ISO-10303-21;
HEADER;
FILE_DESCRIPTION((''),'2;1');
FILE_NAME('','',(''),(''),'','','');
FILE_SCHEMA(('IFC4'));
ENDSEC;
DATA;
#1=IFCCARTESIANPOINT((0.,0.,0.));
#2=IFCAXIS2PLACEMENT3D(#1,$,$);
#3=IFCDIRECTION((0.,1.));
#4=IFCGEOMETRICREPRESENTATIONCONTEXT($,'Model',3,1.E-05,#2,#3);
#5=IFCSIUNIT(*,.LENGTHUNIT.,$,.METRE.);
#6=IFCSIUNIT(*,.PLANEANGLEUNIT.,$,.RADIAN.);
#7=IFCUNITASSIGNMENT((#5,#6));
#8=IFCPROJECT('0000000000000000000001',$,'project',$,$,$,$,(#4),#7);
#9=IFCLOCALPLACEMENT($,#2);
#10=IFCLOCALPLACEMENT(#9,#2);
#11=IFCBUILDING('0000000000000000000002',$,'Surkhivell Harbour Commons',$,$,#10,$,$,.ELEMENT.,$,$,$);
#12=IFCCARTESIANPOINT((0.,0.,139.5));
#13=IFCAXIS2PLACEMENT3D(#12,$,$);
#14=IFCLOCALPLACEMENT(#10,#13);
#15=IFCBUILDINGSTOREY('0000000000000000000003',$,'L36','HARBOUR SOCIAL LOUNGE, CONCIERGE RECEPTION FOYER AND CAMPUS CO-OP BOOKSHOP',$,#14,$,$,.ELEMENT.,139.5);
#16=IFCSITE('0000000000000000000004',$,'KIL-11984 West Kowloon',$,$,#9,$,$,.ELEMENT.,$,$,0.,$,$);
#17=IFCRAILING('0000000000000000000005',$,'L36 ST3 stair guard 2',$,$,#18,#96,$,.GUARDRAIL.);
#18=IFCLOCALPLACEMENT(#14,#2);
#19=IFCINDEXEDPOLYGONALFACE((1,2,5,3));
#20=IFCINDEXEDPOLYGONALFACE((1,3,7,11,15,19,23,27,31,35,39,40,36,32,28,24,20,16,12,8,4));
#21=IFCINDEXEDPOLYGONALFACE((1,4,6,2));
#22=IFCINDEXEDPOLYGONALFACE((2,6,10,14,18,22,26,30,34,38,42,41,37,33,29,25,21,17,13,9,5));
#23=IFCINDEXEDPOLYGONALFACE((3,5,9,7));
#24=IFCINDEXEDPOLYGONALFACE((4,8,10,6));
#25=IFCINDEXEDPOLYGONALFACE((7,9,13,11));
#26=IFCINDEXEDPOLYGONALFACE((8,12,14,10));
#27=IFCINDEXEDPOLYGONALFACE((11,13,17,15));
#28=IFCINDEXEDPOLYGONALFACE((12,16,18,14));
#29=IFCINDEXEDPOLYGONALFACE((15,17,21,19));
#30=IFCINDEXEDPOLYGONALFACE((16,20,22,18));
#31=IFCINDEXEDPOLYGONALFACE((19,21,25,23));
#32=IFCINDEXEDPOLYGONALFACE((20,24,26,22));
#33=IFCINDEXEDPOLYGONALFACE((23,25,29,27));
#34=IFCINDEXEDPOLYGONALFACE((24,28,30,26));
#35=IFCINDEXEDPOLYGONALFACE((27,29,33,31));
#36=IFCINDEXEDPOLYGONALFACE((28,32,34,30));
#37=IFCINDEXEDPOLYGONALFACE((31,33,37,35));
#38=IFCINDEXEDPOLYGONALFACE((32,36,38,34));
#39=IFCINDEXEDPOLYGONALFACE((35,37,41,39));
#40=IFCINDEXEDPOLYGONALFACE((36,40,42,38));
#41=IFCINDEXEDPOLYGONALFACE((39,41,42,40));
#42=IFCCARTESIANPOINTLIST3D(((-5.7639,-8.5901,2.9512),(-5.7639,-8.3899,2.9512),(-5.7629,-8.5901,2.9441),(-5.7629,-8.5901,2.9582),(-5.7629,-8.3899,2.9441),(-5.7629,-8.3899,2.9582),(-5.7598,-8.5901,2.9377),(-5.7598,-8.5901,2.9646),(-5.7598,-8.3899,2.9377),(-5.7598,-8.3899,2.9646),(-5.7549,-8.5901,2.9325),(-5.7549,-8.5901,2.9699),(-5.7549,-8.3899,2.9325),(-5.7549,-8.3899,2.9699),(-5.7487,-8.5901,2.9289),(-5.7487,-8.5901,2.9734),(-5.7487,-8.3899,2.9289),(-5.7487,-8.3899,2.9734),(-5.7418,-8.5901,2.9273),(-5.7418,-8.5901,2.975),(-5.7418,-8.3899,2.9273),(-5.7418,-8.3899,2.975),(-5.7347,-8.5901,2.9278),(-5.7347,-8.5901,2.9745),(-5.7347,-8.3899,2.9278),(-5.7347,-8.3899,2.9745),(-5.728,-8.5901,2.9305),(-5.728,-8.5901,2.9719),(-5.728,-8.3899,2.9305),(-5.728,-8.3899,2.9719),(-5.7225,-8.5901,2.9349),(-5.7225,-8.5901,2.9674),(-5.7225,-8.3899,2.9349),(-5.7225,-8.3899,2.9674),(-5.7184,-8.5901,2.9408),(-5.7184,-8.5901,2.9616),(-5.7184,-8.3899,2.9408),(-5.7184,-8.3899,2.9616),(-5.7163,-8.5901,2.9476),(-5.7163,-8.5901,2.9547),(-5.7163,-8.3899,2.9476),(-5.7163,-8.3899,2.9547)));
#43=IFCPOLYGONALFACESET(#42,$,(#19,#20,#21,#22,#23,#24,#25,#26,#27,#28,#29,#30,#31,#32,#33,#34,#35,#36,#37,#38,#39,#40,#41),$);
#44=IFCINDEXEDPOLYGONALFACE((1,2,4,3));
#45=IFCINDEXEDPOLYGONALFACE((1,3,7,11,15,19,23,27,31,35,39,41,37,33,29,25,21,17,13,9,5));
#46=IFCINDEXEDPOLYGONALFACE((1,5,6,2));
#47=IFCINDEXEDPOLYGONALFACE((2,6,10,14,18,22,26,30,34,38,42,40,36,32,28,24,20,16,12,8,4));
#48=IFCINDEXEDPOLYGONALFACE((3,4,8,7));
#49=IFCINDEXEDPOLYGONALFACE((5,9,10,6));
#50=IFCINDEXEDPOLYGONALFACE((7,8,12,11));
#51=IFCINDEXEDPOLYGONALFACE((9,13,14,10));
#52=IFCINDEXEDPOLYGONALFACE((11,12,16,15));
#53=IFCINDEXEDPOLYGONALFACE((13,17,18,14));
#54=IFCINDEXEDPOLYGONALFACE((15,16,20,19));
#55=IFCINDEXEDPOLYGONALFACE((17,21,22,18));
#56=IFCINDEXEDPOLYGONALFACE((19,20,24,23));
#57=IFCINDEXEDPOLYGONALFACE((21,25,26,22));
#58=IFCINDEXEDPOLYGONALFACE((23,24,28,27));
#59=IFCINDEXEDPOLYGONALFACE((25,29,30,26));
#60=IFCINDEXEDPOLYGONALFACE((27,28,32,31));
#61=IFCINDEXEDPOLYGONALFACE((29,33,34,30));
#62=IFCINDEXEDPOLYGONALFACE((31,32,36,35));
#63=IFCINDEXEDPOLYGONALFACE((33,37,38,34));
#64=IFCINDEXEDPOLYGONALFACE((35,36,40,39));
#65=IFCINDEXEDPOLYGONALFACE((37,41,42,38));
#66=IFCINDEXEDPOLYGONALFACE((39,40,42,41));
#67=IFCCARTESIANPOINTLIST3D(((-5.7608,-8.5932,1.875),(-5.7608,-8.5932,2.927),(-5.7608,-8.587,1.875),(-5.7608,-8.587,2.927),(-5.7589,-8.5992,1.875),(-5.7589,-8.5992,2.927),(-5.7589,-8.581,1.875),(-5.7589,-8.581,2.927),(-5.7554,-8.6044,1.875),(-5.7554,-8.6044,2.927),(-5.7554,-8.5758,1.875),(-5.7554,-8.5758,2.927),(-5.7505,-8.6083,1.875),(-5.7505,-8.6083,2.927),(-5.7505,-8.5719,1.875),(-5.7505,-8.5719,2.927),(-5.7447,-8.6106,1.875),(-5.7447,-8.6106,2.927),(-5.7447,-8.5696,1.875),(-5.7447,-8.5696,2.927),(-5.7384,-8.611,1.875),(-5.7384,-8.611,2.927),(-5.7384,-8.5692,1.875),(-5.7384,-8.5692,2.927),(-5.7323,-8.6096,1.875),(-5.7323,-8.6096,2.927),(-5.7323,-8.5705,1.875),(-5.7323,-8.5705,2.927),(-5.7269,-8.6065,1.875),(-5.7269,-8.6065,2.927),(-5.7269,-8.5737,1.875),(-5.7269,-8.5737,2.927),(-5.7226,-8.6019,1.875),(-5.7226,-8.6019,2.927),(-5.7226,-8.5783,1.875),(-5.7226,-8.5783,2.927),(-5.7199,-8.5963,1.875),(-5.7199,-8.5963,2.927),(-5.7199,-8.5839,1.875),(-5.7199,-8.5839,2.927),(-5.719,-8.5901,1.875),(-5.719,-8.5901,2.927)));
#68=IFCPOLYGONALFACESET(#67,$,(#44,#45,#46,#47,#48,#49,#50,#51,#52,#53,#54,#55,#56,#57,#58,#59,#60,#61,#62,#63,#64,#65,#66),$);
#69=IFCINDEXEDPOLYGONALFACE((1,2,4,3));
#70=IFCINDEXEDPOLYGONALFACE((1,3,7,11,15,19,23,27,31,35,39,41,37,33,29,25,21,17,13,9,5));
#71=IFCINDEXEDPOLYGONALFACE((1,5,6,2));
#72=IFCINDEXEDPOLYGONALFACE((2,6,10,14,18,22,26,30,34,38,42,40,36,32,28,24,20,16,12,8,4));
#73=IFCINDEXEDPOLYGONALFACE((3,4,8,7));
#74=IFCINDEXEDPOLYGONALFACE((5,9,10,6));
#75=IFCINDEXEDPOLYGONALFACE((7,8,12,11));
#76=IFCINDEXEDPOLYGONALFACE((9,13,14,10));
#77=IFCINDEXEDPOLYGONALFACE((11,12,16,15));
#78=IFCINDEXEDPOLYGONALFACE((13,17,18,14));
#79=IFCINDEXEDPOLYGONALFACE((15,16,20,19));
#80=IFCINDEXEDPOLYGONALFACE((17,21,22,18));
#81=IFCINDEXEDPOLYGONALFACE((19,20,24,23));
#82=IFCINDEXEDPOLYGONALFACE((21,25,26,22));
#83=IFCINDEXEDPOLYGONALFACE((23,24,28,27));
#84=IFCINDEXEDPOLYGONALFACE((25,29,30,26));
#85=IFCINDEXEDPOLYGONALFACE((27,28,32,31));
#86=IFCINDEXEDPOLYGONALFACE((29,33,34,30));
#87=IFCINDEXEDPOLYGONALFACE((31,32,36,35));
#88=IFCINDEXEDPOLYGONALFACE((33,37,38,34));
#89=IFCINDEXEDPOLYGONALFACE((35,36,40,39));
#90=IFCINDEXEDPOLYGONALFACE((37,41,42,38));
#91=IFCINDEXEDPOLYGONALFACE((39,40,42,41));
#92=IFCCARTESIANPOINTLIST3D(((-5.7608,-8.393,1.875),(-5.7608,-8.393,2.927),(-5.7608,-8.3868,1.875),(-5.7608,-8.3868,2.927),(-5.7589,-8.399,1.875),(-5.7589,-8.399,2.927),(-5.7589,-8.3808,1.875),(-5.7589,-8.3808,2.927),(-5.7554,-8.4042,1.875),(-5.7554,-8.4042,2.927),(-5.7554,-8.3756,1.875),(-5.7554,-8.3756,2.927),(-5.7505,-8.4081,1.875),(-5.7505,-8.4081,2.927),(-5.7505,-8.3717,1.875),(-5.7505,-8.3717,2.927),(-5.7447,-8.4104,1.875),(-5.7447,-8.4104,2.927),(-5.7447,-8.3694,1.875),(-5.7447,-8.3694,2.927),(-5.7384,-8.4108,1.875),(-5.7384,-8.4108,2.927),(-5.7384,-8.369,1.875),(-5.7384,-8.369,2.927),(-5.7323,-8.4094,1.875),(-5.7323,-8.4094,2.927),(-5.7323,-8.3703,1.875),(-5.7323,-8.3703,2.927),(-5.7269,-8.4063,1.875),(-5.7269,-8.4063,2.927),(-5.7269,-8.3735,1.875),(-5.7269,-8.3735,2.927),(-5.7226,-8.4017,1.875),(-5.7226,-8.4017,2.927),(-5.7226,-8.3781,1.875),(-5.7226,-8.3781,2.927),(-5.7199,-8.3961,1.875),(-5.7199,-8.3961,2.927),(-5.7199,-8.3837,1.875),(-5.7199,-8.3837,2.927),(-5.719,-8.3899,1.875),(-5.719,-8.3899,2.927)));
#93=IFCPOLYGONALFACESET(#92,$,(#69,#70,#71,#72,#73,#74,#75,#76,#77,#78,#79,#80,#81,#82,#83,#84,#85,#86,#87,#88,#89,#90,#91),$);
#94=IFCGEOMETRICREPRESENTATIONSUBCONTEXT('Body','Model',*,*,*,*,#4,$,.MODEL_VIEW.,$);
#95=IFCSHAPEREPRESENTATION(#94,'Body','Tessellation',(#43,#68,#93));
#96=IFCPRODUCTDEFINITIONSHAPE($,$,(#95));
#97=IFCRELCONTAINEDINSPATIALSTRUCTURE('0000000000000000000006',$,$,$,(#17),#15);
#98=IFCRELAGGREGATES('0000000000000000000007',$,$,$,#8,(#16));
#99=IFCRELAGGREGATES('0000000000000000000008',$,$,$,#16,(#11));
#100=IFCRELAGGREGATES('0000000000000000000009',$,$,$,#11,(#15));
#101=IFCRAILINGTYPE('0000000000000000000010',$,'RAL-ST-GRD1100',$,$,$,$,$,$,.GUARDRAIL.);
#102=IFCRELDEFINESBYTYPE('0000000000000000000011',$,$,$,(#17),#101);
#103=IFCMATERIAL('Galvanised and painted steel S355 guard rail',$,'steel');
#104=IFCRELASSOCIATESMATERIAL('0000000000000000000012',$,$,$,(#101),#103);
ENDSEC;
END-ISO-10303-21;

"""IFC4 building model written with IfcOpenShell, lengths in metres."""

from ifc_helpers import new_model, si_unit, direction, frame, origin, origin_2d, place, context, subcontext, project, spatial, circle, extrude, material, type_object, element, save


model = new_model("IFC4")

# Units and contexts
model_context = context("Model", 3, precision=1e-05, world=origin(), true_north=direction((0.0, 1.0)))
body_context = subcontext(model_context, "Body", "Model", "MODEL_VIEW")
ifc_project = project(units=[si_unit("LENGTHUNIT", "METRE"), si_unit("PLANEANGLEUNIT", "RADIAN")], contexts=[model_context])

# Site, building, storey
site_placement = place(None, origin())
site = spatial("IfcSite", under=ifc_project, at=site_placement, Name="KIL-11984 West Kowloon", CompositionType="ELEMENT", RefElevation=0.0)
building_placement = place(site_placement, origin())
building = spatial("IfcBuilding", under=site, at=building_placement, Name="Surkhivell Harbour Commons", CompositionType="ELEMENT")
storey_placement = place(building_placement, frame((0.0, 0.0, 139.5)))
storey = spatial("IfcBuildingStorey", under=building, at=storey_placement, Name="L36", Description="HARBOUR SOCIAL LOUNGE, CONCIERGE RECEPTION FOYER AND CAMPUS CO-OP BOOKSHOP", CompositionType="ELEMENT", Elevation=139.5)

# Railing
ifc_material_1 = material(Name="Galvanised and painted steel S355 guard rail", Category="steel")
railing_type_1 = type_object("IfcRailingType", Name="RAL-ST-GRD1100", PredefinedType="GUARDRAIL", material=ifc_material_1)
railing_1_placement = place(storey_placement, frame((-5.74, -8.5901, 1.875)))
element("IfcRailing", 1, at=railing_1_placement, inside=storey, type_object=railing_type_1, Name="L36 ST3 stair guard 2", PredefinedType="GUARDRAIL", context=body_context, shape_type="SweptSolid", body=[
    extrude(circle(Radius=0.0239, at=origin_2d()), frame((0.0, 0.0, 1.0762), z_axis=(0.0, 1.0, 0.0), x_axis=(-1.0, 0.0, 0.0)), (0.0, 0.0, 1.0), 0.2002),
    extrude(circle(Radius=0.021, at=origin_2d()), origin(), (0.0, 0.0, 1.0), 1.052),
    extrude(circle(Radius=0.021, at=origin_2d()), frame((0.0, 0.2002, 0.0)), (0.0, 0.0, 1.0), 1.052),
])

save(model, "model.ifc")
